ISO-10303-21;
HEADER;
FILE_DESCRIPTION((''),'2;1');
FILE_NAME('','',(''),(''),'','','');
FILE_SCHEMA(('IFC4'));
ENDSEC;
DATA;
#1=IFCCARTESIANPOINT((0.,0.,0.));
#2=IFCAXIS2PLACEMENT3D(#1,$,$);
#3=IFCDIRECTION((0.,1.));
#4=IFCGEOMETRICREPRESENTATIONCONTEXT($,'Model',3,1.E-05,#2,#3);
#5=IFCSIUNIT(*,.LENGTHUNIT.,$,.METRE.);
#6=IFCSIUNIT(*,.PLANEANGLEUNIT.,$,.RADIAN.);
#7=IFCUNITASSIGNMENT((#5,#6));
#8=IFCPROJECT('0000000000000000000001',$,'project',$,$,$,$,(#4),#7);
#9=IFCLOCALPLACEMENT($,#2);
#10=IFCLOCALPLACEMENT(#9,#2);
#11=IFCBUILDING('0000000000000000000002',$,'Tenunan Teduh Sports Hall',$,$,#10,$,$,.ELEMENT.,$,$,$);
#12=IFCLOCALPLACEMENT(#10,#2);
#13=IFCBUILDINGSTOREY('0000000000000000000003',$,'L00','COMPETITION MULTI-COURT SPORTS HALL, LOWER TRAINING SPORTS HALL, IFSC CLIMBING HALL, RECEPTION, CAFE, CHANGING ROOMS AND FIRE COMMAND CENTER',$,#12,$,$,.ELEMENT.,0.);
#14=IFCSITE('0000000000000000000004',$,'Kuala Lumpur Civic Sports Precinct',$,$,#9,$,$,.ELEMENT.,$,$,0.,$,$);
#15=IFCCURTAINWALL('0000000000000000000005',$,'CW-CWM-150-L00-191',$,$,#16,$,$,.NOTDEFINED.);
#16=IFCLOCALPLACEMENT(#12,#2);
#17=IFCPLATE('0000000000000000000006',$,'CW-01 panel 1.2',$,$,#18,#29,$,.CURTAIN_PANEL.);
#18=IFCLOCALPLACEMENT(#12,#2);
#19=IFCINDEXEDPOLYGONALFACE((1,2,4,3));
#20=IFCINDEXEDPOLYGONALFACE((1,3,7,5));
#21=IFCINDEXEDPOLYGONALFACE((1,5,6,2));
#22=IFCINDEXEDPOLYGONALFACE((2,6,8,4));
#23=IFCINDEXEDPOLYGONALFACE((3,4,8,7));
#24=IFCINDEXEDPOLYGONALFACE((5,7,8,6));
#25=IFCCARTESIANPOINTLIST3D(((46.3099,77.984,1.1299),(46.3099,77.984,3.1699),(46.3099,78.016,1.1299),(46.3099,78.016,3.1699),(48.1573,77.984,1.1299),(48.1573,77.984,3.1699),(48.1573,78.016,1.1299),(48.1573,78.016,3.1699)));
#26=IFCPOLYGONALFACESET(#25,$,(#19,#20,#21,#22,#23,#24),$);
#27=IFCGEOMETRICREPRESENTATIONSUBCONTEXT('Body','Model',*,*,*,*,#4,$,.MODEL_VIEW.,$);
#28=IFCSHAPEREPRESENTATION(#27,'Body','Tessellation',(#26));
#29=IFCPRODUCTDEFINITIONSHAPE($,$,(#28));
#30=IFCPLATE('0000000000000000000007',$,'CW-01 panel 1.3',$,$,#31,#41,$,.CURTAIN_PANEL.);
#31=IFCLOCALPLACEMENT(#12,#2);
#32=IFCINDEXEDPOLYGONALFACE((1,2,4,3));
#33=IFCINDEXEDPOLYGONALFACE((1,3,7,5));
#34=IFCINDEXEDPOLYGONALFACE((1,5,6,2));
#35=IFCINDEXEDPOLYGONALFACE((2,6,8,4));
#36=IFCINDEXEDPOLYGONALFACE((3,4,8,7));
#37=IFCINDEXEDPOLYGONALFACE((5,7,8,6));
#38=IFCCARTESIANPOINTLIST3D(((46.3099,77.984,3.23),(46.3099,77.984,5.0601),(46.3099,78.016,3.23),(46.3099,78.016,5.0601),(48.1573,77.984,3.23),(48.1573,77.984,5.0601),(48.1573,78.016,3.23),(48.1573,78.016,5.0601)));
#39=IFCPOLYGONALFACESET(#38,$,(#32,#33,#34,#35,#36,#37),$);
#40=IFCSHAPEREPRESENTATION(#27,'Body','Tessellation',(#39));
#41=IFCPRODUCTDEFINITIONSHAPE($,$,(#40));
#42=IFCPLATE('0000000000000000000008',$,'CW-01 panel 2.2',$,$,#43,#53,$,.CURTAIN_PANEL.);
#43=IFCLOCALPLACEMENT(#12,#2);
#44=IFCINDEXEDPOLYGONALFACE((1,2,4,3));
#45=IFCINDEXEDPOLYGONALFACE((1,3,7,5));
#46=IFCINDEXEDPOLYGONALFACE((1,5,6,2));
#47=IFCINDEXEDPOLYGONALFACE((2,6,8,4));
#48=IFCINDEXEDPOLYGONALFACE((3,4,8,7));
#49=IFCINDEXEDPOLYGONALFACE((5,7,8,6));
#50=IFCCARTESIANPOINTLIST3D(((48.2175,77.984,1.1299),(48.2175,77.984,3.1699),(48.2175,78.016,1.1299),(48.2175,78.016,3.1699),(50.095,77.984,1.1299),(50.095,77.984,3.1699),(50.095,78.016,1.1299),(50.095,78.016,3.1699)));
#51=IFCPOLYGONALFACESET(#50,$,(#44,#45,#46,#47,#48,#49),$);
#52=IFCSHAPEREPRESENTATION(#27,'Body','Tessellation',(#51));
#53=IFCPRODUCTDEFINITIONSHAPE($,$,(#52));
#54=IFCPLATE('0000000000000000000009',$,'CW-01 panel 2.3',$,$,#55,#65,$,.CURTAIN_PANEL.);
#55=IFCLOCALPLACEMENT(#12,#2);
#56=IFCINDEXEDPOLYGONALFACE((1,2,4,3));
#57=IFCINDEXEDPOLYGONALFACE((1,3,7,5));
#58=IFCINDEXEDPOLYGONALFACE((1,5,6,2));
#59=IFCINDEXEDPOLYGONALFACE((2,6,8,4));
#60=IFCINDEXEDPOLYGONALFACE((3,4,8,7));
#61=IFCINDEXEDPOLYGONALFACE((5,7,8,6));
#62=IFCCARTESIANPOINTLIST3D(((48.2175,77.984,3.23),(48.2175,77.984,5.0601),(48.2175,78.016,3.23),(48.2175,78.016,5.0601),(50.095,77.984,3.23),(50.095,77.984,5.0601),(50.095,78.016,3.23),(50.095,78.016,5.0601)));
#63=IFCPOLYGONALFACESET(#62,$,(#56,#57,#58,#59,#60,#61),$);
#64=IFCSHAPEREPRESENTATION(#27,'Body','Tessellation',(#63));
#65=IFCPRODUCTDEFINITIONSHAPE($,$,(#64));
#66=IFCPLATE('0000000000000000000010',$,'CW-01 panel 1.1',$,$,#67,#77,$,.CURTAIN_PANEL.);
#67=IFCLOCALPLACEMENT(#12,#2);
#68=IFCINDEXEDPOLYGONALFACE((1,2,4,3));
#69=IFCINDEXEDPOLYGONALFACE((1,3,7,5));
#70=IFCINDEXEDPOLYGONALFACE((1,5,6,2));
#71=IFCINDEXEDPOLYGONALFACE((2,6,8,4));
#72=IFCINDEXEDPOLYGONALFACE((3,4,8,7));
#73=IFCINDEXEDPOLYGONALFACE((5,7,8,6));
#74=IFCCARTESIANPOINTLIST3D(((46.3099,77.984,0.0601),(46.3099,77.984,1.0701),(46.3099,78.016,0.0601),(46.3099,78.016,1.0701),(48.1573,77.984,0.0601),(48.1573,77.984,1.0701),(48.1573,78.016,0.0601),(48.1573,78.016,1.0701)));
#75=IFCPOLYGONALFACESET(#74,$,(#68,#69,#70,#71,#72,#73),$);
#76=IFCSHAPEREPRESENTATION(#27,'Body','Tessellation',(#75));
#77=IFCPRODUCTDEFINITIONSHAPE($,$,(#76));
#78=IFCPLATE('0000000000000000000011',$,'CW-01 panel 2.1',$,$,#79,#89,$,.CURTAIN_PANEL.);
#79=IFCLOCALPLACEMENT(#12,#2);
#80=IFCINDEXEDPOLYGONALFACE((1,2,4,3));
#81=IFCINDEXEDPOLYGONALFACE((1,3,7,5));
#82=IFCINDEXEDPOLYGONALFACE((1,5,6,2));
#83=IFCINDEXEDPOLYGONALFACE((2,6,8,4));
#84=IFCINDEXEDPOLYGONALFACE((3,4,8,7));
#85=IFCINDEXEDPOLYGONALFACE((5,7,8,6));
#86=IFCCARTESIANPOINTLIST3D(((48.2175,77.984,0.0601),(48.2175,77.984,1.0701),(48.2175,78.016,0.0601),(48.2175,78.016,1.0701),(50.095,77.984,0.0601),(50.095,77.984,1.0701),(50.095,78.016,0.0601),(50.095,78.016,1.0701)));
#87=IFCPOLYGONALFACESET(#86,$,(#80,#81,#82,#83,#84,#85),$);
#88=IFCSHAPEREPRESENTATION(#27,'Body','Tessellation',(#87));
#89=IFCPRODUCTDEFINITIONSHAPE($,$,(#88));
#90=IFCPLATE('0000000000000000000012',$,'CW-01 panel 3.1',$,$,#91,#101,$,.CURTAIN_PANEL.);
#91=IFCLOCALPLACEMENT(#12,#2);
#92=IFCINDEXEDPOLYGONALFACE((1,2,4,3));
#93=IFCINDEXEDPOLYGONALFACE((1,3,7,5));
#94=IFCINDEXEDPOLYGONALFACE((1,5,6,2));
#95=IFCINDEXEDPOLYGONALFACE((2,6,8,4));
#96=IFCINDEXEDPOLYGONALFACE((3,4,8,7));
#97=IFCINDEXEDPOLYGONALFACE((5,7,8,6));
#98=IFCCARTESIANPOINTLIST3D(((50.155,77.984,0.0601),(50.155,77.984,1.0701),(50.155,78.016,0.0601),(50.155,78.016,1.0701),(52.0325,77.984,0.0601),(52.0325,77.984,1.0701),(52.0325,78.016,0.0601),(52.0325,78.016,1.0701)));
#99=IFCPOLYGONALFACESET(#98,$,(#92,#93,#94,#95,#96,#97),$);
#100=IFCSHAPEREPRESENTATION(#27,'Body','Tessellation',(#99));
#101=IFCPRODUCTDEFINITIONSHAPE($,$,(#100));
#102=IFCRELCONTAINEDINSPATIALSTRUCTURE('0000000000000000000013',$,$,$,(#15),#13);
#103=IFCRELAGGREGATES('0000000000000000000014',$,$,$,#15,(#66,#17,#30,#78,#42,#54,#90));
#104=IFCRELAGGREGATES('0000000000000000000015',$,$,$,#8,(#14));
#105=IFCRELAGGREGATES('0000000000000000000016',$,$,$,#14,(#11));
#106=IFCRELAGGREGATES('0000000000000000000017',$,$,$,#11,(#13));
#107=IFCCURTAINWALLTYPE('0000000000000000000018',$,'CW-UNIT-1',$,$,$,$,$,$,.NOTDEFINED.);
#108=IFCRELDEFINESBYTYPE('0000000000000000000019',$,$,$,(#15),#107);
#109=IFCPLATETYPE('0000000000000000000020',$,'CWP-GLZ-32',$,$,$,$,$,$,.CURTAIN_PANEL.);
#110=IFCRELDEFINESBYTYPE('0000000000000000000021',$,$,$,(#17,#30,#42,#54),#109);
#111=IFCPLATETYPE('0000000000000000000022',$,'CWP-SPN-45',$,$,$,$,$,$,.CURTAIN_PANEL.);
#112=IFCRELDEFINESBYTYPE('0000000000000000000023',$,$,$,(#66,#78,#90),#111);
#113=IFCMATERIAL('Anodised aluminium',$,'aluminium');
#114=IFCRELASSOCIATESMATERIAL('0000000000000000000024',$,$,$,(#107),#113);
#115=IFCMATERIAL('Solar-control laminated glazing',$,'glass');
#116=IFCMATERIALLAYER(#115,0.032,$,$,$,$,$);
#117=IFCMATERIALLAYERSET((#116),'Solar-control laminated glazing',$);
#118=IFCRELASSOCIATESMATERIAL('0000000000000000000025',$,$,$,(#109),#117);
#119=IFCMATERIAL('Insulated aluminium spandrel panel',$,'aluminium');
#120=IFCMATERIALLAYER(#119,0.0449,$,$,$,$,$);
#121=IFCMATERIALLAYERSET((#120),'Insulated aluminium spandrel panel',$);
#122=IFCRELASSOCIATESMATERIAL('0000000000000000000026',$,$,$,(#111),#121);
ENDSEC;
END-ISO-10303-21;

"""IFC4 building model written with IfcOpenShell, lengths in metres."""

from ifc_helpers import new_model, si_unit, direction, frame, origin, origin_2d, place, context, subcontext, project, spatial, rectangle, extrude, material, layer, layer_set, type_object, element, aggregate, save


model = new_model("IFC4")

# Units and contexts
model_context = context("Model", 3, precision=1e-05, world=origin(), true_north=direction((0.0, 1.0)))
body_context = subcontext(model_context, "Body", "Model", "MODEL_VIEW")
ifc_project = project(units=[si_unit("LENGTHUNIT", "METRE"), si_unit("PLANEANGLEUNIT", "RADIAN")], contexts=[model_context])

# Site, building, storey
site_placement = place(None, origin())
site = spatial("IfcSite", under=ifc_project, at=site_placement, Name="Kuala Lumpur Civic Sports Precinct", CompositionType="ELEMENT", RefElevation=0.0)
building_placement = place(site_placement, origin())
building = spatial("IfcBuilding", under=site, at=building_placement, Name="Tenunan Teduh Sports Hall", CompositionType="ELEMENT")
storey_placement = place(building_placement, origin())
storey = spatial("IfcBuildingStorey", under=building, at=storey_placement, Name="L00", Description="COMPETITION MULTI-COURT SPORTS HALL, LOWER TRAINING SPORTS HALL, IFSC CLIMBING HALL, RECEPTION, CAFE, CHANGING ROOMS AND FIRE COMMAND CENTER", CompositionType="ELEMENT", Elevation=0.0)

# Curtain wall, plates
ifc_material_1 = material(Name="Anodised aluminium", Category="aluminium")
curtain_wall_type = type_object("IfcCurtainWallType", Name="CW-UNIT-1", PredefinedType="NOTDEFINED", material=ifc_material_1)
curtain_wall_placement = place(storey_placement, origin())
curtain_wall = element("IfcCurtainWall", 1, at=curtain_wall_placement, inside=storey, type_object=curtain_wall_type, Name="CW-CWM-150-L00-191", PredefinedType="NOTDEFINED")
ifc_material_2 = material(Name="Solar-control laminated glazing", Category="glass")
ifc_layer_1 = layer(ifc_material_2, 0.032)
ifc_layer_set_1 = layer_set([ifc_layer_1], Name="Solar-control laminated glazing")
plate_type_1 = type_object("IfcPlateType", Name="CWP-GLZ-32", PredefinedType="CURTAIN_PANEL", material=ifc_layer_set_1)
plate_1_placement = place(storey_placement, frame((47.2336, 78.0, 1.1299), z_axis=(0.0, 0.0, 1.0), x_axis=(1.0, 0.0, 0.0)))
plate_1 = element("IfcPlate", 2, at=plate_1_placement, type_object=plate_type_1, Name="CW-01 panel 1.2", PredefinedType="CURTAIN_PANEL", context=body_context, shape_type="SweptSolid", body=[
    extrude(rectangle(XDim=1.8474, YDim=0.032, at=origin_2d()), origin(), (0.0, 0.0, 1.0), 2.04),
])
plate_2_placement = place(storey_placement, frame((47.2336, 78.0, 3.23), z_axis=(0.0, 0.0, 1.0), x_axis=(1.0, 0.0, 0.0)))
plate_2 = element("IfcPlate", 3, at=plate_2_placement, type_object=plate_type_1, Name="CW-01 panel 1.3", PredefinedType="CURTAIN_PANEL", context=body_context, shape_type="SweptSolid", body=[
    extrude(rectangle(XDim=1.8474, YDim=0.032, at=origin_2d()), origin(), (0.0, 0.0, 1.0), 1.8301),
])
plate_3_placement = place(storey_placement, frame((49.1562, 78.0, 1.1299), z_axis=(0.0, 0.0, 1.0), x_axis=(1.0, 0.0, 0.0)))
plate_3 = element("IfcPlate", 4, at=plate_3_placement, type_object=plate_type_1, Name="CW-01 panel 2.2", PredefinedType="CURTAIN_PANEL", context=body_context, shape_type="SweptSolid", body=[
    extrude(rectangle(XDim=1.8774, YDim=0.032, at=origin_2d()), origin(), (0.0, 0.0, 1.0), 2.04),
])
plate_4_placement = place(storey_placement, frame((49.1562, 78.0, 3.23), z_axis=(0.0, 0.0, 1.0), x_axis=(1.0, 0.0, 0.0)))
plate_4 = element("IfcPlate", 5, at=plate_4_placement, type_object=plate_type_1, Name="CW-01 panel 2.3", PredefinedType="CURTAIN_PANEL", context=body_context, shape_type="SweptSolid", body=[
    extrude(rectangle(XDim=1.8774, YDim=0.032, at=origin_2d()), origin(), (0.0, 0.0, 1.0), 1.8301),
])
ifc_material_3 = material(Name="Insulated aluminium spandrel panel", Category="aluminium")
ifc_layer_2 = layer(ifc_material_3, 0.0449)
ifc_layer_set_2 = layer_set([ifc_layer_2], Name="Insulated aluminium spandrel panel")
plate_type_2 = type_object("IfcPlateType", Name="CWP-SPN-45", PredefinedType="CURTAIN_PANEL", material=ifc_layer_set_2)
plate_5_placement = place(storey_placement, frame((47.2336, 78.0, 0.0601), z_axis=(0.0, 0.0, 1.0), x_axis=(1.0, 0.0, 0.0)))
plate_5 = element("IfcPlate", 6, at=plate_5_placement, type_object=plate_type_2, Name="CW-01 panel 1.1", PredefinedType="CURTAIN_PANEL", context=body_context, shape_type="SweptSolid", body=[
    extrude(rectangle(XDim=1.8474, YDim=0.032, at=origin_2d()), origin(), (0.0, 0.0, 1.0), 1.01),
])
plate_6_placement = place(storey_placement, frame((49.1562, 78.0, 0.0601), z_axis=(0.0, 0.0, 1.0), x_axis=(1.0, 0.0, 0.0)))
plate_6 = element("IfcPlate", 7, at=plate_6_placement, type_object=plate_type_2, Name="CW-01 panel 2.1", PredefinedType="CURTAIN_PANEL", context=body_context, shape_type="SweptSolid", body=[
    extrude(rectangle(XDim=1.8774, YDim=0.032, at=origin_2d()), origin(), (0.0, 0.0, 1.0), 1.01),
])
plate_7_placement = place(storey_placement, frame((51.0938, 78.0, 0.0601), z_axis=(0.0, 0.0, 1.0), x_axis=(1.0, 0.0, 0.0)))
plate_7 = element("IfcPlate", 8, at=plate_7_placement, type_object=plate_type_2, Name="CW-01 panel 3.1", PredefinedType="CURTAIN_PANEL", context=body_context, shape_type="SweptSolid", body=[
    extrude(rectangle(XDim=1.8774, YDim=0.032, at=origin_2d()), origin(), (0.0, 0.0, 1.0), 1.01),
])
aggregate(curtain_wall, [plate_5, plate_1, plate_2, plate_6, plate_3, plate_4, plate_7])

save(model, "model.ifc")
